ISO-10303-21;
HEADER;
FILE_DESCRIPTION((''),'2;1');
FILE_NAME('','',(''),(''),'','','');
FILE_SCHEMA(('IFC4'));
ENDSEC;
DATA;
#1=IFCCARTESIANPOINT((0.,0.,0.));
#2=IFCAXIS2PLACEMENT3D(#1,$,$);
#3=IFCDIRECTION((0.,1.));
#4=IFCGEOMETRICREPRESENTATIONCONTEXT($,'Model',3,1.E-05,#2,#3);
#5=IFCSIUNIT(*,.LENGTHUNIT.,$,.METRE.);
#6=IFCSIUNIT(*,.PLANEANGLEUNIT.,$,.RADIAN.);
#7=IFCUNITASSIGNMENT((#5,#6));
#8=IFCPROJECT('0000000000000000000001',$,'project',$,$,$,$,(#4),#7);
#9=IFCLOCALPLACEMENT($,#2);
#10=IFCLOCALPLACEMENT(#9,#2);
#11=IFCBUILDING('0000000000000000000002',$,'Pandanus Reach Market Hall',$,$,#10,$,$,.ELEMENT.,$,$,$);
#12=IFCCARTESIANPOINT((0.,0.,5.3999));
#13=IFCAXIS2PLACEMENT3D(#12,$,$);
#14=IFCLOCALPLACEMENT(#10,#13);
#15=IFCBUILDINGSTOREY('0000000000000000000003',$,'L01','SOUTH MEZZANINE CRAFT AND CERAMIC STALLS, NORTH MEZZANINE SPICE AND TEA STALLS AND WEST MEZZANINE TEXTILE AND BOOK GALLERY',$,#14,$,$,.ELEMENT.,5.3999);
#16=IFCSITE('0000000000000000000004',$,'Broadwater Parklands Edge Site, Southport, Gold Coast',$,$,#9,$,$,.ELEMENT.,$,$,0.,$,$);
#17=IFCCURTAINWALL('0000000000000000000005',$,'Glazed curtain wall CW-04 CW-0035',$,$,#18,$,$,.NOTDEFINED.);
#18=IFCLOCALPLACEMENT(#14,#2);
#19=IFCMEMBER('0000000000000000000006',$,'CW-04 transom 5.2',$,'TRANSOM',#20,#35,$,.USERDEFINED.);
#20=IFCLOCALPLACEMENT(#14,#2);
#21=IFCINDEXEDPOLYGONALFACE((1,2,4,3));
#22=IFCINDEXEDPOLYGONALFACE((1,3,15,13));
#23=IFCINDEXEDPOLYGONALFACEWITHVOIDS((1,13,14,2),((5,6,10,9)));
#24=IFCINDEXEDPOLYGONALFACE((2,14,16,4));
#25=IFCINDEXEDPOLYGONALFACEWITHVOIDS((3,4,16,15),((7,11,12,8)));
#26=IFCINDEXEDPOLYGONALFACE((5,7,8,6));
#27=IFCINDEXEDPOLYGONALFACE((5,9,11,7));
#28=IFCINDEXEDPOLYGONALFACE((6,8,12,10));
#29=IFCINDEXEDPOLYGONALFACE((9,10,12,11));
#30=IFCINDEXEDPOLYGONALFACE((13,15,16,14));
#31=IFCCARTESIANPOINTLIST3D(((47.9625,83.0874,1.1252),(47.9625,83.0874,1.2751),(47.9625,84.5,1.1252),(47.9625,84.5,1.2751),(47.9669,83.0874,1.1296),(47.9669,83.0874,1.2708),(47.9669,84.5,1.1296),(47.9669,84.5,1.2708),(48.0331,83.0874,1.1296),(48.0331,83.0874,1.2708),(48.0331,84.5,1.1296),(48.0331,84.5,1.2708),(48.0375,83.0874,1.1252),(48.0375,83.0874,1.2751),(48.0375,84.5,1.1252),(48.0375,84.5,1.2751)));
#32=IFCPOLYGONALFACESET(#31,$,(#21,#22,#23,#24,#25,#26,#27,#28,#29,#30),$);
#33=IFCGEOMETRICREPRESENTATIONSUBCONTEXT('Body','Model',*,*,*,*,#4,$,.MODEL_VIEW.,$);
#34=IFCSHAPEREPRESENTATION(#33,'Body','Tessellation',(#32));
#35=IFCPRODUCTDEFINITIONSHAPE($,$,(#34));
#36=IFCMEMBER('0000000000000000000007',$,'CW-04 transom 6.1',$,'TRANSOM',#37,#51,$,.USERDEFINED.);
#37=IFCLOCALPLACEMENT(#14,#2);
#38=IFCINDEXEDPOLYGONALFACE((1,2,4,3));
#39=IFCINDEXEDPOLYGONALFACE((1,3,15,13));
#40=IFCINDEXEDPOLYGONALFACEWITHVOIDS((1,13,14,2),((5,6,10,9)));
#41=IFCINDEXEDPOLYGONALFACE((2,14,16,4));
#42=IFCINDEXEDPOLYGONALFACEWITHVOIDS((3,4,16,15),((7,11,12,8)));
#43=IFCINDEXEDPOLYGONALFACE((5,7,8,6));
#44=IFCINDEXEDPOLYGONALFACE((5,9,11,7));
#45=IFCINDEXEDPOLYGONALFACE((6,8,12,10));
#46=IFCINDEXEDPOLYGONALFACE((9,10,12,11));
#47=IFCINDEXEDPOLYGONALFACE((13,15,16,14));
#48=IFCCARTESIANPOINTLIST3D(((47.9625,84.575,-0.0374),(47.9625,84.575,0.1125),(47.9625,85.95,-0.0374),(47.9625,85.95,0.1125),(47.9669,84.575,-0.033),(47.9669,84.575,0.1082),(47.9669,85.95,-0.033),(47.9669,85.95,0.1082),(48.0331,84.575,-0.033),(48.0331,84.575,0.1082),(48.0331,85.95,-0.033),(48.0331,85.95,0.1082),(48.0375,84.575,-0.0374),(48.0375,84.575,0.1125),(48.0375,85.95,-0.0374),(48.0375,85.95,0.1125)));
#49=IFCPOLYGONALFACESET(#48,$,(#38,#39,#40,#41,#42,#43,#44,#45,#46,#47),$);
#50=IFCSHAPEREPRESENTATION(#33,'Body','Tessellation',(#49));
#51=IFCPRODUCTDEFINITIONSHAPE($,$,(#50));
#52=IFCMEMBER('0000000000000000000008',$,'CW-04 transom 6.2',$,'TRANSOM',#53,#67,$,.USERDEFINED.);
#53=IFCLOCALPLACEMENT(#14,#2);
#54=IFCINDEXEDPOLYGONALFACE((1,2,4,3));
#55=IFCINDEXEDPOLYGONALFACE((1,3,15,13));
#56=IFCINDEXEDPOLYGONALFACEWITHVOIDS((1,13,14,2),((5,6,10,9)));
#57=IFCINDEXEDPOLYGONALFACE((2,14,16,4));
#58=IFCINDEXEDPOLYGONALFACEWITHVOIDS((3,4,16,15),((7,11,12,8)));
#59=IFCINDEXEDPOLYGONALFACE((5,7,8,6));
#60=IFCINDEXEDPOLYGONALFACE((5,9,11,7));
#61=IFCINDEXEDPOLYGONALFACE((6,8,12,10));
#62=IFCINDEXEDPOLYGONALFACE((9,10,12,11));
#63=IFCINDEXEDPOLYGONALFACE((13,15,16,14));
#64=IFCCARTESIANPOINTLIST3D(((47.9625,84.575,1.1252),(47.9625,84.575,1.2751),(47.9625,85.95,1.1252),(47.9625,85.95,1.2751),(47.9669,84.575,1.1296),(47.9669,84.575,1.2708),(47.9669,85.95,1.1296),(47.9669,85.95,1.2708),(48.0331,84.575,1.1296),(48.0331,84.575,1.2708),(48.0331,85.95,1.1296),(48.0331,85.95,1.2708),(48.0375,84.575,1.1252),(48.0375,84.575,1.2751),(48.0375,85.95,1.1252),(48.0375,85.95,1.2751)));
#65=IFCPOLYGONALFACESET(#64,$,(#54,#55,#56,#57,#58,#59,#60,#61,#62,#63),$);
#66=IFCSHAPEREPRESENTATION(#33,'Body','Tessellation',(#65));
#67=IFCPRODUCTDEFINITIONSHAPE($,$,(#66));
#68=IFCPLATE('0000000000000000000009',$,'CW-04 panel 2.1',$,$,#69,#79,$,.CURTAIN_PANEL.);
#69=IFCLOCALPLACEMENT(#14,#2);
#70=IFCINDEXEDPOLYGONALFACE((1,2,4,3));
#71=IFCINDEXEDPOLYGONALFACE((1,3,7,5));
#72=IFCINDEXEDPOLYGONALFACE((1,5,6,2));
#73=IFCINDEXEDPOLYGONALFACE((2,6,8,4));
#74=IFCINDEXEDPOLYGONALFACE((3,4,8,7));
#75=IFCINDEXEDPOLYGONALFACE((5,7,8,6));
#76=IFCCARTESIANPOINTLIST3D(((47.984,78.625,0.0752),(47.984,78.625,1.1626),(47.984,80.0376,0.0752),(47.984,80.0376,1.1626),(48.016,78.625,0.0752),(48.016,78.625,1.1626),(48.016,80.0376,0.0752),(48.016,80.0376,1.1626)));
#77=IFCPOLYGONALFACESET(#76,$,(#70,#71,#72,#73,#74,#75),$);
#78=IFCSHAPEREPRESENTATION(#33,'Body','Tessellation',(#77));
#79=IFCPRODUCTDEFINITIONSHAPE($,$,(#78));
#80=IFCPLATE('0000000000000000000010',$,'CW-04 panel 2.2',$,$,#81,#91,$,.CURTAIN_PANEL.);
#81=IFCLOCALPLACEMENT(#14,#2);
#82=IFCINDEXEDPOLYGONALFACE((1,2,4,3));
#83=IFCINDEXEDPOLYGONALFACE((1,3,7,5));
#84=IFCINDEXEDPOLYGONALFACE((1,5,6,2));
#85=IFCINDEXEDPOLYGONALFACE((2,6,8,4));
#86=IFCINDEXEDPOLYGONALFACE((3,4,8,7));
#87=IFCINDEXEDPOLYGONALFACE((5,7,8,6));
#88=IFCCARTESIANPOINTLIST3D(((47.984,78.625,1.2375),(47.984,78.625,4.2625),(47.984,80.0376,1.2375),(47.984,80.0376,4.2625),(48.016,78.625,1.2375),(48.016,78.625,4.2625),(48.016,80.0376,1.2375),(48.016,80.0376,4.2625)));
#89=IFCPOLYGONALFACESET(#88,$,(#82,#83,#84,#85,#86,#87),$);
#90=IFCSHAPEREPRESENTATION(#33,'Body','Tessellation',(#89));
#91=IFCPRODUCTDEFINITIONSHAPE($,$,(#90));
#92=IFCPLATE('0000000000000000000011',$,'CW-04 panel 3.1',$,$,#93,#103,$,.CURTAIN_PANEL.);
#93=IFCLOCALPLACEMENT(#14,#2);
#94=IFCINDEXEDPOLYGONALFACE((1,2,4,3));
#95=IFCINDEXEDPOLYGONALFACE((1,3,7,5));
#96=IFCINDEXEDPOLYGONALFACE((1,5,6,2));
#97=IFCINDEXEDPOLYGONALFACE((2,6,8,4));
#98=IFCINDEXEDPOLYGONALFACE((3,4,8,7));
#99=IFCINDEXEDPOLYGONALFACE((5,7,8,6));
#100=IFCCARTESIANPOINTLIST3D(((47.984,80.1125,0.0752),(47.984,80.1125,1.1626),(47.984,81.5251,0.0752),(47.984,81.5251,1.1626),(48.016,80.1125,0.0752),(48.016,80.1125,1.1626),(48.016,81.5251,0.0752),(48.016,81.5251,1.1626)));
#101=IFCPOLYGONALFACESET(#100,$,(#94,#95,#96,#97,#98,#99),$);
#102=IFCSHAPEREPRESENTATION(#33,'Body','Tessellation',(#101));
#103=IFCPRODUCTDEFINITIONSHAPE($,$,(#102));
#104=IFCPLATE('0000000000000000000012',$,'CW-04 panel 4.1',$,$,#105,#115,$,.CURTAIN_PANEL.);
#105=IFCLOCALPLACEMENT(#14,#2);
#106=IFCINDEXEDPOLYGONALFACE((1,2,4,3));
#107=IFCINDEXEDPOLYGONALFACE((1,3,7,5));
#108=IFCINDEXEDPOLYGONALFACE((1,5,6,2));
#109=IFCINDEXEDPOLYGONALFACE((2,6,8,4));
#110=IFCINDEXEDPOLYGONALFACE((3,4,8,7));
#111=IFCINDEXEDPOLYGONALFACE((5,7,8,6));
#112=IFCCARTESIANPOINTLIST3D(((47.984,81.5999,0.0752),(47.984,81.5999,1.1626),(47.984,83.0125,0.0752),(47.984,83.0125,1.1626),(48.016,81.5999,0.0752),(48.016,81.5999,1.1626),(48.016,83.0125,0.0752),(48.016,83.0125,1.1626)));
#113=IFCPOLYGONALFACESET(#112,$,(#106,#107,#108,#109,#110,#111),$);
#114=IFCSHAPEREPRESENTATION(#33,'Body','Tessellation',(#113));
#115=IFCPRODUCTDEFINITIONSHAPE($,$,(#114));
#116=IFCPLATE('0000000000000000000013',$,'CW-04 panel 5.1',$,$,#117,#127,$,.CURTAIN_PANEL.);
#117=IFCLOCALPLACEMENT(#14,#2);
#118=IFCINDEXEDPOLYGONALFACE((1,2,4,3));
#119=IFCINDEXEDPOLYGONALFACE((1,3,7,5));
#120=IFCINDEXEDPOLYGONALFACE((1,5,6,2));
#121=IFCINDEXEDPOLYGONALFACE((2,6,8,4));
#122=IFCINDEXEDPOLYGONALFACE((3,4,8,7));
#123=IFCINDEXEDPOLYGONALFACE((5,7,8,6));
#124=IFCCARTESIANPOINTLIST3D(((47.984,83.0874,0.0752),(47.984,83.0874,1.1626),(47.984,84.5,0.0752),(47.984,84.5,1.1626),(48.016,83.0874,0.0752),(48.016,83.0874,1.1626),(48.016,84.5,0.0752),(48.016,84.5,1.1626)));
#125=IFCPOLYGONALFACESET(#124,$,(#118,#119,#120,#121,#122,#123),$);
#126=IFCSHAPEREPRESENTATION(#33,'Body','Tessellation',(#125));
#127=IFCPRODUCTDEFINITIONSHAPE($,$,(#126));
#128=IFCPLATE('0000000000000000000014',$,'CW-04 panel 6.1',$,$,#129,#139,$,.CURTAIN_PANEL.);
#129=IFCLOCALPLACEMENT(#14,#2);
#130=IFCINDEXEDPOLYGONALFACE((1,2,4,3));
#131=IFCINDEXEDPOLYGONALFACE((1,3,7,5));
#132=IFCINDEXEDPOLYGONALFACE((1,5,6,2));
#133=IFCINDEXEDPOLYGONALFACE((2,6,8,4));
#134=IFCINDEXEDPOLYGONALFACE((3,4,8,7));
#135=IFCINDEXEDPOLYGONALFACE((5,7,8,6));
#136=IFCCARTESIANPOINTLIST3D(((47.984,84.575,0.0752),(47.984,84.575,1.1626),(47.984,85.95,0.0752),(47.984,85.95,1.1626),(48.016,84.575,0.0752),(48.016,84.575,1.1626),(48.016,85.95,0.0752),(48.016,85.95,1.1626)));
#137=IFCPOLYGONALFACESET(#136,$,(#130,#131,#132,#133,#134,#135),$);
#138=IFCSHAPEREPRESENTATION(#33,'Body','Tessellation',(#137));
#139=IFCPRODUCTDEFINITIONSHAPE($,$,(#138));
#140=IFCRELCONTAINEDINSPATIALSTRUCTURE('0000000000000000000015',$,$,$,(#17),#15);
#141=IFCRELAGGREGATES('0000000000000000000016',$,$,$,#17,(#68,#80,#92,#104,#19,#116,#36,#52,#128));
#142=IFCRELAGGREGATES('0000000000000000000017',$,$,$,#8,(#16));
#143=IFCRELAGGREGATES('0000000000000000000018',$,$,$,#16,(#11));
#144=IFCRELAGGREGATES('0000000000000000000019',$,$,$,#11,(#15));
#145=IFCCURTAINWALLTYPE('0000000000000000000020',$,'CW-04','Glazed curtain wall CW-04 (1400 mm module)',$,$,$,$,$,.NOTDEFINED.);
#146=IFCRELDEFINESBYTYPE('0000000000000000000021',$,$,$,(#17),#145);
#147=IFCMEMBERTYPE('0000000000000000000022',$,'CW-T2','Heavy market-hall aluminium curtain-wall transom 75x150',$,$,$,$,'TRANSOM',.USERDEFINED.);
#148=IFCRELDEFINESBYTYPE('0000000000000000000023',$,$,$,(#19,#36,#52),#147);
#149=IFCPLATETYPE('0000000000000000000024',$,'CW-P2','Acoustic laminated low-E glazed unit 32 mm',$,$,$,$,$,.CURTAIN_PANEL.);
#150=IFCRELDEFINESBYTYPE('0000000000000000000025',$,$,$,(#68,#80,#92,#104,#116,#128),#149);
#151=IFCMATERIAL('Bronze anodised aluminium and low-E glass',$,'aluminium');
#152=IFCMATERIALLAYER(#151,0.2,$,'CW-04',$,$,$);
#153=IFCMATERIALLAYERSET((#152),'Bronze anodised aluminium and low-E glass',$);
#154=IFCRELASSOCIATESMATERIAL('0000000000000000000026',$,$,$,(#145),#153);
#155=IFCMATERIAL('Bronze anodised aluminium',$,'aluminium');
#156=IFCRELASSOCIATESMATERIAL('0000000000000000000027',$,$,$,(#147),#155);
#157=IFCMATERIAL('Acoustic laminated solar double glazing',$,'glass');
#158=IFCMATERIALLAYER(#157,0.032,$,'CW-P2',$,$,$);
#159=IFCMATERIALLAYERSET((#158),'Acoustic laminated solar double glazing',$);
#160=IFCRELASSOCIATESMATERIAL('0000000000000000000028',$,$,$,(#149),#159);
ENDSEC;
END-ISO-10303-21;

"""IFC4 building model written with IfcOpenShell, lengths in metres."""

from ifc_helpers import new_model, si_unit, direction, frame, origin, origin_2d, place, context, subcontext, project, spatial, rectangle, hollow_rectangle, extrude, material, layer, layer_set, material_profile, profile_set, type_object, element, aggregate, save


model = new_model("IFC4")

# Units and contexts
model_context = context("Model", 3, precision=1e-05, world=origin(), true_north=direction((0.0, 1.0)))
body_context = subcontext(model_context, "Body", "Model", "MODEL_VIEW")
ifc_project = project(units=[si_unit("LENGTHUNIT", "METRE"), si_unit("PLANEANGLEUNIT", "RADIAN")], contexts=[model_context])

# Site, building, storey
site_placement = place(None, origin())
site = spatial("IfcSite", under=ifc_project, at=site_placement, Name="Broadwater Parklands Edge Site, Southport, Gold Coast", CompositionType="ELEMENT", RefElevation=0.0)
building_placement = place(site_placement, origin())
building = spatial("IfcBuilding", under=site, at=building_placement, Name="Pandanus Reach Market Hall", CompositionType="ELEMENT")
storey_placement = place(building_placement, frame((0.0, 0.0, 5.3999)))
storey = spatial("IfcBuildingStorey", under=building, at=storey_placement, Name="L01", Description="SOUTH MEZZANINE CRAFT AND CERAMIC STALLS, NORTH MEZZANINE SPICE AND TEA STALLS AND WEST MEZZANINE TEXTILE AND BOOK GALLERY", CompositionType="ELEMENT", Elevation=5.3999)

# Curtain wall, members, plates
ifc_material_1 = material(Name="Bronze anodised aluminium and low-E glass", Category="aluminium")
ifc_layer_1 = layer(ifc_material_1, 0.2, Name="CW-04")
ifc_layer_set_1 = layer_set([ifc_layer_1], Name="Bronze anodised aluminium and low-E glass")
curtain_wall_type = type_object("IfcCurtainWallType", Name="CW-04", Description="Glazed curtain wall CW-04 (1400 mm module)", PredefinedType="NOTDEFINED", material=ifc_layer_set_1)
curtain_wall_placement = place(storey_placement, origin())
curtain_wall = element("IfcCurtainWall", 1, at=curtain_wall_placement, inside=storey, type_object=curtain_wall_type, Name="Glazed curtain wall CW-04 CW-0035", PredefinedType="NOTDEFINED")
ifc_material_2 = material(Name="Bronze anodised aluminium", Category="aluminium")
ifc_material_profile_1 = material_profile(ifc_material_2, hollow_rectangle(XDim=0.075, YDim=0.1499, WallThickness=0.0044, at=origin_2d()), Name="ALU75x150", Category="LoadBearing")
ifc_profile_set_1 = profile_set([ifc_material_profile_1], Name="Bronze anodised aluminium")
member_type_1 = type_object("IfcMemberType", Name="CW-T2", Description="Heavy market-hall aluminium curtain-wall transom 75x150", ElementType="TRANSOM", PredefinedType="USERDEFINED", material=ifc_profile_set_1)
member_1_placement = place(storey_placement, frame((48.0, 83.0874, 1.2002), z_axis=(0.0, 1.0, 0.0), x_axis=(-1.0, 0.0, 0.0)))
member_1 = element("IfcMember", 2, at=member_1_placement, type_object=member_type_1, Name="CW-04 transom 5.2", ObjectType="TRANSOM", PredefinedType="USERDEFINED", context=body_context, shape_type="SweptSolid", body=[
    extrude(hollow_rectangle(XDim=0.075, YDim=0.1499, WallThickness=0.0044, at=origin_2d()), origin(), (0.0, 0.0, 1.0), 1.4126),
])
member_2_placement = place(storey_placement, frame((48.0, 84.575, 0.0376), z_axis=(0.0, 1.0, 0.0), x_axis=(-1.0, 0.0, 0.0)))
member_2 = element("IfcMember", 3, at=member_2_placement, type_object=member_type_1, Name="CW-04 transom 6.1", ObjectType="TRANSOM", PredefinedType="USERDEFINED", context=body_context, shape_type="SweptSolid", body=[
    extrude(hollow_rectangle(XDim=0.075, YDim=0.1499, WallThickness=0.0044, at=origin_2d()), origin(), (0.0, 0.0, 1.0), 1.375),
])
member_3_placement = place(storey_placement, frame((48.0, 84.575, 1.2002), z_axis=(0.0, 1.0, 0.0), x_axis=(-1.0, 0.0, 0.0)))
member_3 = element("IfcMember", 4, at=member_3_placement, type_object=member_type_1, Name="CW-04 transom 6.2", ObjectType="TRANSOM", PredefinedType="USERDEFINED", context=body_context, shape_type="SweptSolid", body=[
    extrude(hollow_rectangle(XDim=0.075, YDim=0.1499, WallThickness=0.0044, at=origin_2d()), origin(), (0.0, 0.0, 1.0), 1.375),
])
ifc_material_3 = material(Name="Acoustic laminated solar double glazing", Category="glass")
ifc_layer_2 = layer(ifc_material_3, 0.032, Name="CW-P2")
ifc_layer_set_2 = layer_set([ifc_layer_2], Name="Acoustic laminated solar double glazing")
plate_type = type_object("IfcPlateType", Name="CW-P2", Description="Acoustic laminated low-E glazed unit 32 mm", PredefinedType="CURTAIN_PANEL", material=ifc_layer_set_2)
plate_1_placement = place(storey_placement, frame((48.0, 79.3313, 0.0752), z_axis=(0.0, 0.0, 1.0), x_axis=(0.0, 1.0, 0.0)))
plate_1 = element("IfcPlate", 5, at=plate_1_placement, type_object=plate_type, Name="CW-04 panel 2.1", PredefinedType="CURTAIN_PANEL", context=body_context, shape_type="SweptSolid", body=[
    extrude(rectangle(XDim=1.4126, YDim=0.032, at=origin_2d()), origin(), (0.0, 0.0, 1.0), 1.0874),
])
plate_2_placement = place(storey_placement, frame((48.0, 79.3313, 1.2375), z_axis=(0.0, 0.0, 1.0), x_axis=(0.0, 1.0, 0.0)))
plate_2 = element("IfcPlate", 6, at=plate_2_placement, type_object=plate_type, Name="CW-04 panel 2.2", PredefinedType="CURTAIN_PANEL", context=body_context, shape_type="SweptSolid", body=[
    extrude(rectangle(XDim=1.4126, YDim=0.032, at=origin_2d()), origin(), (0.0, 0.0, 1.0), 3.0249),
])
plate_3_placement = place(storey_placement, frame((48.0, 80.8188, 0.0752), z_axis=(0.0, 0.0, 1.0), x_axis=(0.0, 1.0, 0.0)))
plate_3 = element("IfcPlate", 7, at=plate_3_placement, type_object=plate_type, Name="CW-04 panel 3.1", PredefinedType="CURTAIN_PANEL", context=body_context, shape_type="SweptSolid", body=[
    extrude(rectangle(XDim=1.4126, YDim=0.032, at=origin_2d()), origin(), (0.0, 0.0, 1.0), 1.0874),
])
plate_4_placement = place(storey_placement, frame((48.0, 82.3062, 0.0752), z_axis=(0.0, 0.0, 1.0), x_axis=(0.0, 1.0, 0.0)))
plate_4 = element("IfcPlate", 8, at=plate_4_placement, type_object=plate_type, Name="CW-04 panel 4.1", PredefinedType="CURTAIN_PANEL", context=body_context, shape_type="SweptSolid", body=[
    extrude(rectangle(XDim=1.4126, YDim=0.032, at=origin_2d()), origin(), (0.0, 0.0, 1.0), 1.0874),
])
plate_5_placement = place(storey_placement, frame((48.0, 83.7937, 0.0752), z_axis=(0.0, 0.0, 1.0), x_axis=(0.0, 1.0, 0.0)))
plate_5 = element("IfcPlate", 9, at=plate_5_placement, type_object=plate_type, Name="CW-04 panel 5.1", PredefinedType="CURTAIN_PANEL", context=body_context, shape_type="SweptSolid", body=[
    extrude(rectangle(XDim=1.4126, YDim=0.032, at=origin_2d()), origin(), (0.0, 0.0, 1.0), 1.0874),
])
plate_6_placement = place(storey_placement, frame((48.0, 85.2625, 0.0752), z_axis=(0.0, 0.0, 1.0), x_axis=(0.0, 1.0, 0.0)))
plate_6 = element("IfcPlate", 10, at=plate_6_placement, type_object=plate_type, Name="CW-04 panel 6.1", PredefinedType="CURTAIN_PANEL", context=body_context, shape_type="SweptSolid", body=[
    extrude(rectangle(XDim=1.375, YDim=0.032, at=origin_2d()), origin(), (0.0, 0.0, 1.0), 1.0874),
])
aggregate(curtain_wall, [plate_1, plate_2, plate_3, plate_4, member_1, plate_5, member_2, member_3, plate_6])

save(model, "model.ifc")
